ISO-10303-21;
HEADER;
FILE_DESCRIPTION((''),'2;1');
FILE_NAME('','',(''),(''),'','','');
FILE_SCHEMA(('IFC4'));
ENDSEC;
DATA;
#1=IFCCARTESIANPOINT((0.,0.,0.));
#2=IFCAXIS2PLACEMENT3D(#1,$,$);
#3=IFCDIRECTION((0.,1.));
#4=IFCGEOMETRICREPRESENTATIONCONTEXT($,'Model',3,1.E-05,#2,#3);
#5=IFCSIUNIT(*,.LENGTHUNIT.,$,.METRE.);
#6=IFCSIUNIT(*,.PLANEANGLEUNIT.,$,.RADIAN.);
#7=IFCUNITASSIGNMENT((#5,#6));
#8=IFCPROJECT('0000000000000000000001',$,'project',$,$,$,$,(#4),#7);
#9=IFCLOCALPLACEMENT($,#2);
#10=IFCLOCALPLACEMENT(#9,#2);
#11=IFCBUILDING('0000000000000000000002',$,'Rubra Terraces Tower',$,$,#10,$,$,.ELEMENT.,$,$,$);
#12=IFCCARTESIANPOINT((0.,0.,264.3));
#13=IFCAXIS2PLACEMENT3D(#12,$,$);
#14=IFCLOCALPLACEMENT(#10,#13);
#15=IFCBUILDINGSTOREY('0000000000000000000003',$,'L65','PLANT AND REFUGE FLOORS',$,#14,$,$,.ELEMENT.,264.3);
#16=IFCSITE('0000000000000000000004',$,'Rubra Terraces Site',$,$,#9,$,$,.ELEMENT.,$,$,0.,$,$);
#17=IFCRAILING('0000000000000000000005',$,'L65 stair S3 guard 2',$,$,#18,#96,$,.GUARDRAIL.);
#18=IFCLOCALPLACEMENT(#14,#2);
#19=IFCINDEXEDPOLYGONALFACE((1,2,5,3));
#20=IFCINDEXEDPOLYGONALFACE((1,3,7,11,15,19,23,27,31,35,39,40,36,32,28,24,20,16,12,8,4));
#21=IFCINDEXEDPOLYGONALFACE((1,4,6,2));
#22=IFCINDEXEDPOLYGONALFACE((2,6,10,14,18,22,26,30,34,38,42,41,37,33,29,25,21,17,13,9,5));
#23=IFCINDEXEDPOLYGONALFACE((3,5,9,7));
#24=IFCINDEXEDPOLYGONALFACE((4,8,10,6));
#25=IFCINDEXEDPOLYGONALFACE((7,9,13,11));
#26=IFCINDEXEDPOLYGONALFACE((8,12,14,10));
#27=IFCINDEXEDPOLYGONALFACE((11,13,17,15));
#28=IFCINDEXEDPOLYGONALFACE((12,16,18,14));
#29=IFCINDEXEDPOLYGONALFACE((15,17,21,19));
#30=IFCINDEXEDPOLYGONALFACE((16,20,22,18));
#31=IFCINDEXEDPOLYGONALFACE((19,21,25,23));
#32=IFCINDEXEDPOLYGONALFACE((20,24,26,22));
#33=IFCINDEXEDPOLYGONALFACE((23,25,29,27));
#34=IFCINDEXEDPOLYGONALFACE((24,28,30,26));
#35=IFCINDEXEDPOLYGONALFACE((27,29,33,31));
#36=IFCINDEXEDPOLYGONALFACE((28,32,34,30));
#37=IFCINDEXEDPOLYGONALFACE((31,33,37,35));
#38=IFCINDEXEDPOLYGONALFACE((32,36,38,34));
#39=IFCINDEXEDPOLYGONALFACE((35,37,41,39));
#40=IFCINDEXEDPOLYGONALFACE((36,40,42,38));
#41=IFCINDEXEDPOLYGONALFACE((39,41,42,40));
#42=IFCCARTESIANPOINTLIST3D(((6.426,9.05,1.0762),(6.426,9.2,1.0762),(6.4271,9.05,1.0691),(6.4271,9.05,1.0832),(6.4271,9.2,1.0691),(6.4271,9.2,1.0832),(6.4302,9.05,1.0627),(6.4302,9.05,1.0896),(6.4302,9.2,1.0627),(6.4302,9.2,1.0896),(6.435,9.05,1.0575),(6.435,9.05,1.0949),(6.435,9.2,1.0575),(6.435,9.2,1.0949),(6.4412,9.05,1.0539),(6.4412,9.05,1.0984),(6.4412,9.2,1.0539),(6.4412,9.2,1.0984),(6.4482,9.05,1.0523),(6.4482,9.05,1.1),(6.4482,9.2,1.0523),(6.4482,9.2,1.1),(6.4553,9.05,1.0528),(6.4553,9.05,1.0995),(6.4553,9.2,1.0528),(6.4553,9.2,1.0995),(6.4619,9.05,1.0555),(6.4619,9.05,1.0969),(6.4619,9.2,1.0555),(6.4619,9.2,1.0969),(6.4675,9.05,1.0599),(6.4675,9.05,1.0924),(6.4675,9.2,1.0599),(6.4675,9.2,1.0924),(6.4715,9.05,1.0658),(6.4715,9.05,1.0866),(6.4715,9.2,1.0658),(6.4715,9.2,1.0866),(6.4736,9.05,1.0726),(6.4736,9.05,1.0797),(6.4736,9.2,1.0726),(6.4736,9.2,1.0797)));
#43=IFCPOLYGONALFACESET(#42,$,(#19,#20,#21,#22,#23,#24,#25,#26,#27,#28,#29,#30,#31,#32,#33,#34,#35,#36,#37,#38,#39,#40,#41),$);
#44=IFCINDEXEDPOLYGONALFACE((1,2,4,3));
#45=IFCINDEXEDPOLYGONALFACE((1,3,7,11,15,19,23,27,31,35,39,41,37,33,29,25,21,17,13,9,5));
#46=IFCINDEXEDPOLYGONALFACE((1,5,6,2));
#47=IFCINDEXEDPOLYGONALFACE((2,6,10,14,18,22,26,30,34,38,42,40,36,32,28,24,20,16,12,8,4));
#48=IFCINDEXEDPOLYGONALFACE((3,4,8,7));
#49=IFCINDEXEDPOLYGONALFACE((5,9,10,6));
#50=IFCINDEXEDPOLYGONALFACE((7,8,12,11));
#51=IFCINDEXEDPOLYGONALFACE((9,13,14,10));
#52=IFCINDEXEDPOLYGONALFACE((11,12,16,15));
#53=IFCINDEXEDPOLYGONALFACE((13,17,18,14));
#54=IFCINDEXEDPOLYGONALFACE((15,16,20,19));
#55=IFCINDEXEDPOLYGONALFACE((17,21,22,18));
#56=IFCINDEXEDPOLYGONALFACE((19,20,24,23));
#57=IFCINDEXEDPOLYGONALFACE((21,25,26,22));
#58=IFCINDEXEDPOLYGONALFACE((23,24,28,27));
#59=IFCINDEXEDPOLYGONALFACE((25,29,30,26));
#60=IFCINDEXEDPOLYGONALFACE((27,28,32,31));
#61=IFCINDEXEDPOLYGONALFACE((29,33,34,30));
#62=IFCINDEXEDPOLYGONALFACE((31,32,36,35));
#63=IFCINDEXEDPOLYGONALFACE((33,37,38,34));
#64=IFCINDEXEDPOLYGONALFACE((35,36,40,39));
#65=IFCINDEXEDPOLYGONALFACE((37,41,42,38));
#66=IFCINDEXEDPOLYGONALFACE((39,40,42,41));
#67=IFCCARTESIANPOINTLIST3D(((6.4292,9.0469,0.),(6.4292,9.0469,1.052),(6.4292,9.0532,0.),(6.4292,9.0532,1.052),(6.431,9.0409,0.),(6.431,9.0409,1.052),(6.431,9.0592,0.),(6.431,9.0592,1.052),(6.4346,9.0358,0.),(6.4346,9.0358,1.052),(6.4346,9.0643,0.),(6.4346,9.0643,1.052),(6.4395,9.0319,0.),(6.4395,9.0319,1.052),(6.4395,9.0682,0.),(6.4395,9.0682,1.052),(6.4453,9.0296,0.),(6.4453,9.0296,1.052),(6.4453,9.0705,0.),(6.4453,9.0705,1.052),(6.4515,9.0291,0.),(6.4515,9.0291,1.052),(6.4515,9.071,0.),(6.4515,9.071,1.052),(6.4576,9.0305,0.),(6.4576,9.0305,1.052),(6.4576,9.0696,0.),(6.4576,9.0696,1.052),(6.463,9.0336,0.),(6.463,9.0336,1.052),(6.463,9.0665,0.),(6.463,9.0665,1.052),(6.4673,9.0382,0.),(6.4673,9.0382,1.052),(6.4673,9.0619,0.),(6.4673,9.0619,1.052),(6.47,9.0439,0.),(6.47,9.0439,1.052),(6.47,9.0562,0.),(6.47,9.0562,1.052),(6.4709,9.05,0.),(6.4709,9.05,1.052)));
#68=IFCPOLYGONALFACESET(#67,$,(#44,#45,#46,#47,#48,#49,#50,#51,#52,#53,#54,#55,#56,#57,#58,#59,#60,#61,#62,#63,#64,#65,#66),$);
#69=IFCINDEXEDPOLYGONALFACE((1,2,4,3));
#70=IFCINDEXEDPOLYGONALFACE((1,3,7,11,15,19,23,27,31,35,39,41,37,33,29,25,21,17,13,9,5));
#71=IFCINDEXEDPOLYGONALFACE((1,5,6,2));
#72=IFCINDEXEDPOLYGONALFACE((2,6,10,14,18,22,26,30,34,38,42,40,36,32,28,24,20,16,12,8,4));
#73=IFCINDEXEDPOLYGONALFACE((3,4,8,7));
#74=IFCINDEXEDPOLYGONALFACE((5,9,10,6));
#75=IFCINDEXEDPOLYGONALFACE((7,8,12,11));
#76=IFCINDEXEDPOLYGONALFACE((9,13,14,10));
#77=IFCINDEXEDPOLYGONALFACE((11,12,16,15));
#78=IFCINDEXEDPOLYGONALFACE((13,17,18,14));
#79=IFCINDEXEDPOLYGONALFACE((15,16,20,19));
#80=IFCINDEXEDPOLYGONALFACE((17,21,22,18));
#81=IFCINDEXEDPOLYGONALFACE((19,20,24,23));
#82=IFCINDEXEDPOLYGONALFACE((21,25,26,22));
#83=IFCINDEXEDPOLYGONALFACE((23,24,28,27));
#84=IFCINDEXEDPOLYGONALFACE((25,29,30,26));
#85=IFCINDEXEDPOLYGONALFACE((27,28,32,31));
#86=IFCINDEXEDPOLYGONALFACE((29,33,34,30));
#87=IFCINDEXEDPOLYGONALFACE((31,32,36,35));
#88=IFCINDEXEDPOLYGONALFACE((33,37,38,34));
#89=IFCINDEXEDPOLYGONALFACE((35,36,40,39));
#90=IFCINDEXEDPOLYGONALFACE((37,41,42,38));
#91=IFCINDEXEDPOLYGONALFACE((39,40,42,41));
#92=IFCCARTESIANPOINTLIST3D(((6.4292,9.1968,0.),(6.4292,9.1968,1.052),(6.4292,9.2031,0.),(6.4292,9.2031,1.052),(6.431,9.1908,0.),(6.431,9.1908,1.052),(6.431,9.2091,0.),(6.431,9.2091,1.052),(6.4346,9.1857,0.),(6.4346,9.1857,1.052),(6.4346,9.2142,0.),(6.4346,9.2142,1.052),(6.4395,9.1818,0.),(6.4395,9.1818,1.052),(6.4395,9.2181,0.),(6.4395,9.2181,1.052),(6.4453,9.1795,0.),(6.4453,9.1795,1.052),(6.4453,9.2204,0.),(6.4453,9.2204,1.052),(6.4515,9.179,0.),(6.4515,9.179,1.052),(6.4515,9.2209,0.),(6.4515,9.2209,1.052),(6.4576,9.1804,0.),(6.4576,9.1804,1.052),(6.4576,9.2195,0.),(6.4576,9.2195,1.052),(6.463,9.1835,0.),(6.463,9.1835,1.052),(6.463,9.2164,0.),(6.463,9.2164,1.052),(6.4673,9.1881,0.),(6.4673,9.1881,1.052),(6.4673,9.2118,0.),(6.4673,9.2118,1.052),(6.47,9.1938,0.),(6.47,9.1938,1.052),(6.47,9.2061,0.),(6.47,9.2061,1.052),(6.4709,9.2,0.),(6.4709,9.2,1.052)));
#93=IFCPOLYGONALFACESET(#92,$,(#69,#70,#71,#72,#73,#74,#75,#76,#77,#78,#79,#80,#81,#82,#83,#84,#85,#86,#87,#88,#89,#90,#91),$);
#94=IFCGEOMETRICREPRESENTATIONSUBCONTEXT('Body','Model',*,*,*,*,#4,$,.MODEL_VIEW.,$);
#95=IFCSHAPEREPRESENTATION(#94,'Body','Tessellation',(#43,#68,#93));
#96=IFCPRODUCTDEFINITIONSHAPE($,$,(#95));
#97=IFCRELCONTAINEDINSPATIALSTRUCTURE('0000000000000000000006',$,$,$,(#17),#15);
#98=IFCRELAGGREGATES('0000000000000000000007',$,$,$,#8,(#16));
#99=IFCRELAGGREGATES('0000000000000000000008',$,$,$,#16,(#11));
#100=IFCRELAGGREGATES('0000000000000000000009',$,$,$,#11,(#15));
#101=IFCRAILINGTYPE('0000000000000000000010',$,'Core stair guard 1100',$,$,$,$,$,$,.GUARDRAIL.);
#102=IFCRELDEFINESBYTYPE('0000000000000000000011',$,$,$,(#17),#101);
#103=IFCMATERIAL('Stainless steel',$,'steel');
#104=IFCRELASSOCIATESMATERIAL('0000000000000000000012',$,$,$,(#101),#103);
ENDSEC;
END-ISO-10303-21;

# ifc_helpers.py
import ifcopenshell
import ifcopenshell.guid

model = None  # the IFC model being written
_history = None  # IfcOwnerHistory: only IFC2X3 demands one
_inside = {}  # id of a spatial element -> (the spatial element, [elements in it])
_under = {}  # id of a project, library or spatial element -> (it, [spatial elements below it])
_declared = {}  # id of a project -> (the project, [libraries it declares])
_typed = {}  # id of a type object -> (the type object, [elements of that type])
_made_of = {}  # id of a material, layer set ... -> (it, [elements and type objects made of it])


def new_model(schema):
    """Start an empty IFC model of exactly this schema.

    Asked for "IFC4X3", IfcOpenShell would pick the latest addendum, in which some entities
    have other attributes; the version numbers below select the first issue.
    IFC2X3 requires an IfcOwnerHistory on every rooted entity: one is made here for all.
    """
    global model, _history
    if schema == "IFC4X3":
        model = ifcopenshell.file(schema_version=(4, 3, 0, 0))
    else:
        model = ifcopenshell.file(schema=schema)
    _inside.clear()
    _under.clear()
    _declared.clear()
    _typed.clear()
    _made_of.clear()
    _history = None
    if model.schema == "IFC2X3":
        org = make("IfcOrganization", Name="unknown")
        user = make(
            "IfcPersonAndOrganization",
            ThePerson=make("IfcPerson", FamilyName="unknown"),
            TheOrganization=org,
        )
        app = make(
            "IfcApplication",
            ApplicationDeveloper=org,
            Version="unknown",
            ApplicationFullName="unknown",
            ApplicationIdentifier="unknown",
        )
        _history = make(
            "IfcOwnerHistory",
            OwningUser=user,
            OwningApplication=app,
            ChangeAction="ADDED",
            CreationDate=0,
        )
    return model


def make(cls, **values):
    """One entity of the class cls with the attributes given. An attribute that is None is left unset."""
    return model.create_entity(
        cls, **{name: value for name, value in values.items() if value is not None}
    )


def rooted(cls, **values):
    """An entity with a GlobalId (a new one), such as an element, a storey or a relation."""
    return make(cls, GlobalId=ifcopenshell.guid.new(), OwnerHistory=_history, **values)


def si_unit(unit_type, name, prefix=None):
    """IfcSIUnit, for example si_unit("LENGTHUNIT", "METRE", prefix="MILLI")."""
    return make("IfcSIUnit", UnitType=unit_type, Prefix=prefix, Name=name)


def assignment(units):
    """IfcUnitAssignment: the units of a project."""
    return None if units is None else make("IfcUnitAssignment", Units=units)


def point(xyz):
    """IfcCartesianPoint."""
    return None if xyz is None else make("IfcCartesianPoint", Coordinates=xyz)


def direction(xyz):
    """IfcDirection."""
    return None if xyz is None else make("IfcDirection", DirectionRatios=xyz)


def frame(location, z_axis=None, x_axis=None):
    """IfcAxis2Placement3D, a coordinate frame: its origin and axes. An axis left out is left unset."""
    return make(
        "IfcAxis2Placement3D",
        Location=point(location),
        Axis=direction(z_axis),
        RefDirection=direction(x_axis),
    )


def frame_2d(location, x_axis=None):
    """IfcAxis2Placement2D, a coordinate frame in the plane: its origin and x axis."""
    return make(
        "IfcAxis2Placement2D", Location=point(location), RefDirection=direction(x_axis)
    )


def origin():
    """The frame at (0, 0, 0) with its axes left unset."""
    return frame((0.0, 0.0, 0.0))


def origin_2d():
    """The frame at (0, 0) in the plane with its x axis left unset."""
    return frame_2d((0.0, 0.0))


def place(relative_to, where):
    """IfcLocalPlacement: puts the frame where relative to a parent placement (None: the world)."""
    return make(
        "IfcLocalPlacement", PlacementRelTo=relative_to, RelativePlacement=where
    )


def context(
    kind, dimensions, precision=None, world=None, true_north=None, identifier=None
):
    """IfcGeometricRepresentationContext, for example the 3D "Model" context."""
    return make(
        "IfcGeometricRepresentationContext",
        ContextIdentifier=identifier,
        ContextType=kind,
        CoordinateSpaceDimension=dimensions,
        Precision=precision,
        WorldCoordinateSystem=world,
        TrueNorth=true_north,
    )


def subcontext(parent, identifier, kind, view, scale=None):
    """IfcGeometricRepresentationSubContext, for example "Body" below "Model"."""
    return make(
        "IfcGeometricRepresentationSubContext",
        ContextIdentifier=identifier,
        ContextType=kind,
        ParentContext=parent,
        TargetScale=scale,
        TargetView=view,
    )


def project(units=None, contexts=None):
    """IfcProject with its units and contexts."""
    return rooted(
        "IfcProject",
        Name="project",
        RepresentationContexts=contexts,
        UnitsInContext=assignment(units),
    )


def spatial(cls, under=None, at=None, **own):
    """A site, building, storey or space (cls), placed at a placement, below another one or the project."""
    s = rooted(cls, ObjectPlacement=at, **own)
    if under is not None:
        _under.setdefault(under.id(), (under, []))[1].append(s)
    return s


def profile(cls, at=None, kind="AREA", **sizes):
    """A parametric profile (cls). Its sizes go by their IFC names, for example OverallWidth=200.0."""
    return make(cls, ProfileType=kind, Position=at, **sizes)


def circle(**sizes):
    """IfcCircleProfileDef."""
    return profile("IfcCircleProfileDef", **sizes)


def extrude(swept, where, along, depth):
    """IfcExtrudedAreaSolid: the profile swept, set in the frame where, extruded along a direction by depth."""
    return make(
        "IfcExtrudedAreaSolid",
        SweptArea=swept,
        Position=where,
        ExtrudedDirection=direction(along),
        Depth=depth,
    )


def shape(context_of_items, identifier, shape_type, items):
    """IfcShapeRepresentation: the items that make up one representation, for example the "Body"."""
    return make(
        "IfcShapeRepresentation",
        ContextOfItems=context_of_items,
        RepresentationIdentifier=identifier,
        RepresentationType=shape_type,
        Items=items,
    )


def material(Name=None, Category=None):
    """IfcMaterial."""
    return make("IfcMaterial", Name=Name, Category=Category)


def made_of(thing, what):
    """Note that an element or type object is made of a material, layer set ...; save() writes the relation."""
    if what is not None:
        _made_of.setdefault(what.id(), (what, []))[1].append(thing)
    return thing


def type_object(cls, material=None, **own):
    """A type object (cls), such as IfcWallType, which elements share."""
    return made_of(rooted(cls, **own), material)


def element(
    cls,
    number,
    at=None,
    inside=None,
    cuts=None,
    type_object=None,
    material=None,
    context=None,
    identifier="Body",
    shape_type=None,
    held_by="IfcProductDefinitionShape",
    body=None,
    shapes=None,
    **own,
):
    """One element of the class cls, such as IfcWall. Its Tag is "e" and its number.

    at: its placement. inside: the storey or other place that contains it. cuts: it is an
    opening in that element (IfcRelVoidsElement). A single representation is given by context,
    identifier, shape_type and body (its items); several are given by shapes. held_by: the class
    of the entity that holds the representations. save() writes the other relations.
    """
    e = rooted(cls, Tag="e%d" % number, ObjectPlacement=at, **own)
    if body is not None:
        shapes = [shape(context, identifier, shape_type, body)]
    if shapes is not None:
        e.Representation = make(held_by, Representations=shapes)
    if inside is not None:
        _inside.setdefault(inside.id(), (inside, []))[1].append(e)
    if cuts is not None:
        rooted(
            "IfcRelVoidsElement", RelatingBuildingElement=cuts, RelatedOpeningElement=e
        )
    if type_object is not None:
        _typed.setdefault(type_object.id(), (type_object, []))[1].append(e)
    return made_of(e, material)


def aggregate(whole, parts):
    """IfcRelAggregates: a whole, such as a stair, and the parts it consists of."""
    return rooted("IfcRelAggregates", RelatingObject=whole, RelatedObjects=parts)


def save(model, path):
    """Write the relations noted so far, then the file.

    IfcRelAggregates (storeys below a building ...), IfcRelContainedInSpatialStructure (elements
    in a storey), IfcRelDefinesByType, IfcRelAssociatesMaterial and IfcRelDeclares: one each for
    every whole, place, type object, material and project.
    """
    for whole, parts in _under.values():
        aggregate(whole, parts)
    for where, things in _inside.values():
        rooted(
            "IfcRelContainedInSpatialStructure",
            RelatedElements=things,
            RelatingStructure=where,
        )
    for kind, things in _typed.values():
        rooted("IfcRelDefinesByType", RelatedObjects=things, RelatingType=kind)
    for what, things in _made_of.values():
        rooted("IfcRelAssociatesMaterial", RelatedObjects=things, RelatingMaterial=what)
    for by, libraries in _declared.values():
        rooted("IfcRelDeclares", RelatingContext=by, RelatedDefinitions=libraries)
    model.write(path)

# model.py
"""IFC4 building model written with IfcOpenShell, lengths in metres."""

from ifc_helpers import new_model, si_unit, direction, frame, origin, origin_2d, place, context, subcontext, project, spatial, circle, extrude, material, type_object, element, save


model = new_model("IFC4")

# Units and contexts
model_context = context("Model", 3, precision=1e-05, world=origin(), true_north=direction((0.0, 1.0)))
body_context = subcontext(model_context, "Body", "Model", "MODEL_VIEW")
ifc_project = project(units=[si_unit("LENGTHUNIT", "METRE"), si_unit("PLANEANGLEUNIT", "RADIAN")], contexts=[model_context])

# Site, building, storey
site_placement = place(None, origin())
site = spatial("IfcSite", under=ifc_project, at=site_placement, Name="Rubra Terraces Site", CompositionType="ELEMENT", RefElevation=0.0)
building_placement = place(site_placement, origin())
building = spatial("IfcBuilding", under=site, at=building_placement, Name="Rubra Terraces Tower", CompositionType="ELEMENT")
storey_placement = place(building_placement, frame((0.0, 0.0, 264.3)))
storey = spatial("IfcBuildingStorey", under=building, at=storey_placement, Name="L65", Description="PLANT AND REFUGE FLOORS", CompositionType="ELEMENT", Elevation=264.3)

# Shared definitions
ifc_material_1 = material(Name="Stainless steel", Category="steel")

# Railing
railing_type_1 = type_object("IfcRailingType", Name="Core stair guard 1100", PredefinedType="GUARDRAIL", material=ifc_material_1)
railing_1_placement = place(storey_placement, frame((6.45, 9.05, 0.0)))
element("IfcRailing", 1, at=railing_1_placement, inside=storey, type_object=railing_type_1, Name="L65 stair S3 guard 2", PredefinedType="GUARDRAIL", context=body_context, shape_type="SweptSolid", body=[
    extrude(circle(Radius=0.0239, at=origin_2d()), frame((0.0, 0.0, 1.0762), z_axis=(0.0, 1.0, 0.0), x_axis=(-1.0, 0.0, 0.0)), (0.0, 0.0, 1.0), 0.1499),
    extrude(circle(Radius=0.021, at=origin_2d()), origin(), (0.0, 0.0, 1.0), 1.052),
    extrude(circle(Radius=0.021, at=origin_2d()), frame((0.0, 0.1499, 0.0)), (0.0, 0.0, 1.0), 1.052),
])

save(model, "model.ifc")
